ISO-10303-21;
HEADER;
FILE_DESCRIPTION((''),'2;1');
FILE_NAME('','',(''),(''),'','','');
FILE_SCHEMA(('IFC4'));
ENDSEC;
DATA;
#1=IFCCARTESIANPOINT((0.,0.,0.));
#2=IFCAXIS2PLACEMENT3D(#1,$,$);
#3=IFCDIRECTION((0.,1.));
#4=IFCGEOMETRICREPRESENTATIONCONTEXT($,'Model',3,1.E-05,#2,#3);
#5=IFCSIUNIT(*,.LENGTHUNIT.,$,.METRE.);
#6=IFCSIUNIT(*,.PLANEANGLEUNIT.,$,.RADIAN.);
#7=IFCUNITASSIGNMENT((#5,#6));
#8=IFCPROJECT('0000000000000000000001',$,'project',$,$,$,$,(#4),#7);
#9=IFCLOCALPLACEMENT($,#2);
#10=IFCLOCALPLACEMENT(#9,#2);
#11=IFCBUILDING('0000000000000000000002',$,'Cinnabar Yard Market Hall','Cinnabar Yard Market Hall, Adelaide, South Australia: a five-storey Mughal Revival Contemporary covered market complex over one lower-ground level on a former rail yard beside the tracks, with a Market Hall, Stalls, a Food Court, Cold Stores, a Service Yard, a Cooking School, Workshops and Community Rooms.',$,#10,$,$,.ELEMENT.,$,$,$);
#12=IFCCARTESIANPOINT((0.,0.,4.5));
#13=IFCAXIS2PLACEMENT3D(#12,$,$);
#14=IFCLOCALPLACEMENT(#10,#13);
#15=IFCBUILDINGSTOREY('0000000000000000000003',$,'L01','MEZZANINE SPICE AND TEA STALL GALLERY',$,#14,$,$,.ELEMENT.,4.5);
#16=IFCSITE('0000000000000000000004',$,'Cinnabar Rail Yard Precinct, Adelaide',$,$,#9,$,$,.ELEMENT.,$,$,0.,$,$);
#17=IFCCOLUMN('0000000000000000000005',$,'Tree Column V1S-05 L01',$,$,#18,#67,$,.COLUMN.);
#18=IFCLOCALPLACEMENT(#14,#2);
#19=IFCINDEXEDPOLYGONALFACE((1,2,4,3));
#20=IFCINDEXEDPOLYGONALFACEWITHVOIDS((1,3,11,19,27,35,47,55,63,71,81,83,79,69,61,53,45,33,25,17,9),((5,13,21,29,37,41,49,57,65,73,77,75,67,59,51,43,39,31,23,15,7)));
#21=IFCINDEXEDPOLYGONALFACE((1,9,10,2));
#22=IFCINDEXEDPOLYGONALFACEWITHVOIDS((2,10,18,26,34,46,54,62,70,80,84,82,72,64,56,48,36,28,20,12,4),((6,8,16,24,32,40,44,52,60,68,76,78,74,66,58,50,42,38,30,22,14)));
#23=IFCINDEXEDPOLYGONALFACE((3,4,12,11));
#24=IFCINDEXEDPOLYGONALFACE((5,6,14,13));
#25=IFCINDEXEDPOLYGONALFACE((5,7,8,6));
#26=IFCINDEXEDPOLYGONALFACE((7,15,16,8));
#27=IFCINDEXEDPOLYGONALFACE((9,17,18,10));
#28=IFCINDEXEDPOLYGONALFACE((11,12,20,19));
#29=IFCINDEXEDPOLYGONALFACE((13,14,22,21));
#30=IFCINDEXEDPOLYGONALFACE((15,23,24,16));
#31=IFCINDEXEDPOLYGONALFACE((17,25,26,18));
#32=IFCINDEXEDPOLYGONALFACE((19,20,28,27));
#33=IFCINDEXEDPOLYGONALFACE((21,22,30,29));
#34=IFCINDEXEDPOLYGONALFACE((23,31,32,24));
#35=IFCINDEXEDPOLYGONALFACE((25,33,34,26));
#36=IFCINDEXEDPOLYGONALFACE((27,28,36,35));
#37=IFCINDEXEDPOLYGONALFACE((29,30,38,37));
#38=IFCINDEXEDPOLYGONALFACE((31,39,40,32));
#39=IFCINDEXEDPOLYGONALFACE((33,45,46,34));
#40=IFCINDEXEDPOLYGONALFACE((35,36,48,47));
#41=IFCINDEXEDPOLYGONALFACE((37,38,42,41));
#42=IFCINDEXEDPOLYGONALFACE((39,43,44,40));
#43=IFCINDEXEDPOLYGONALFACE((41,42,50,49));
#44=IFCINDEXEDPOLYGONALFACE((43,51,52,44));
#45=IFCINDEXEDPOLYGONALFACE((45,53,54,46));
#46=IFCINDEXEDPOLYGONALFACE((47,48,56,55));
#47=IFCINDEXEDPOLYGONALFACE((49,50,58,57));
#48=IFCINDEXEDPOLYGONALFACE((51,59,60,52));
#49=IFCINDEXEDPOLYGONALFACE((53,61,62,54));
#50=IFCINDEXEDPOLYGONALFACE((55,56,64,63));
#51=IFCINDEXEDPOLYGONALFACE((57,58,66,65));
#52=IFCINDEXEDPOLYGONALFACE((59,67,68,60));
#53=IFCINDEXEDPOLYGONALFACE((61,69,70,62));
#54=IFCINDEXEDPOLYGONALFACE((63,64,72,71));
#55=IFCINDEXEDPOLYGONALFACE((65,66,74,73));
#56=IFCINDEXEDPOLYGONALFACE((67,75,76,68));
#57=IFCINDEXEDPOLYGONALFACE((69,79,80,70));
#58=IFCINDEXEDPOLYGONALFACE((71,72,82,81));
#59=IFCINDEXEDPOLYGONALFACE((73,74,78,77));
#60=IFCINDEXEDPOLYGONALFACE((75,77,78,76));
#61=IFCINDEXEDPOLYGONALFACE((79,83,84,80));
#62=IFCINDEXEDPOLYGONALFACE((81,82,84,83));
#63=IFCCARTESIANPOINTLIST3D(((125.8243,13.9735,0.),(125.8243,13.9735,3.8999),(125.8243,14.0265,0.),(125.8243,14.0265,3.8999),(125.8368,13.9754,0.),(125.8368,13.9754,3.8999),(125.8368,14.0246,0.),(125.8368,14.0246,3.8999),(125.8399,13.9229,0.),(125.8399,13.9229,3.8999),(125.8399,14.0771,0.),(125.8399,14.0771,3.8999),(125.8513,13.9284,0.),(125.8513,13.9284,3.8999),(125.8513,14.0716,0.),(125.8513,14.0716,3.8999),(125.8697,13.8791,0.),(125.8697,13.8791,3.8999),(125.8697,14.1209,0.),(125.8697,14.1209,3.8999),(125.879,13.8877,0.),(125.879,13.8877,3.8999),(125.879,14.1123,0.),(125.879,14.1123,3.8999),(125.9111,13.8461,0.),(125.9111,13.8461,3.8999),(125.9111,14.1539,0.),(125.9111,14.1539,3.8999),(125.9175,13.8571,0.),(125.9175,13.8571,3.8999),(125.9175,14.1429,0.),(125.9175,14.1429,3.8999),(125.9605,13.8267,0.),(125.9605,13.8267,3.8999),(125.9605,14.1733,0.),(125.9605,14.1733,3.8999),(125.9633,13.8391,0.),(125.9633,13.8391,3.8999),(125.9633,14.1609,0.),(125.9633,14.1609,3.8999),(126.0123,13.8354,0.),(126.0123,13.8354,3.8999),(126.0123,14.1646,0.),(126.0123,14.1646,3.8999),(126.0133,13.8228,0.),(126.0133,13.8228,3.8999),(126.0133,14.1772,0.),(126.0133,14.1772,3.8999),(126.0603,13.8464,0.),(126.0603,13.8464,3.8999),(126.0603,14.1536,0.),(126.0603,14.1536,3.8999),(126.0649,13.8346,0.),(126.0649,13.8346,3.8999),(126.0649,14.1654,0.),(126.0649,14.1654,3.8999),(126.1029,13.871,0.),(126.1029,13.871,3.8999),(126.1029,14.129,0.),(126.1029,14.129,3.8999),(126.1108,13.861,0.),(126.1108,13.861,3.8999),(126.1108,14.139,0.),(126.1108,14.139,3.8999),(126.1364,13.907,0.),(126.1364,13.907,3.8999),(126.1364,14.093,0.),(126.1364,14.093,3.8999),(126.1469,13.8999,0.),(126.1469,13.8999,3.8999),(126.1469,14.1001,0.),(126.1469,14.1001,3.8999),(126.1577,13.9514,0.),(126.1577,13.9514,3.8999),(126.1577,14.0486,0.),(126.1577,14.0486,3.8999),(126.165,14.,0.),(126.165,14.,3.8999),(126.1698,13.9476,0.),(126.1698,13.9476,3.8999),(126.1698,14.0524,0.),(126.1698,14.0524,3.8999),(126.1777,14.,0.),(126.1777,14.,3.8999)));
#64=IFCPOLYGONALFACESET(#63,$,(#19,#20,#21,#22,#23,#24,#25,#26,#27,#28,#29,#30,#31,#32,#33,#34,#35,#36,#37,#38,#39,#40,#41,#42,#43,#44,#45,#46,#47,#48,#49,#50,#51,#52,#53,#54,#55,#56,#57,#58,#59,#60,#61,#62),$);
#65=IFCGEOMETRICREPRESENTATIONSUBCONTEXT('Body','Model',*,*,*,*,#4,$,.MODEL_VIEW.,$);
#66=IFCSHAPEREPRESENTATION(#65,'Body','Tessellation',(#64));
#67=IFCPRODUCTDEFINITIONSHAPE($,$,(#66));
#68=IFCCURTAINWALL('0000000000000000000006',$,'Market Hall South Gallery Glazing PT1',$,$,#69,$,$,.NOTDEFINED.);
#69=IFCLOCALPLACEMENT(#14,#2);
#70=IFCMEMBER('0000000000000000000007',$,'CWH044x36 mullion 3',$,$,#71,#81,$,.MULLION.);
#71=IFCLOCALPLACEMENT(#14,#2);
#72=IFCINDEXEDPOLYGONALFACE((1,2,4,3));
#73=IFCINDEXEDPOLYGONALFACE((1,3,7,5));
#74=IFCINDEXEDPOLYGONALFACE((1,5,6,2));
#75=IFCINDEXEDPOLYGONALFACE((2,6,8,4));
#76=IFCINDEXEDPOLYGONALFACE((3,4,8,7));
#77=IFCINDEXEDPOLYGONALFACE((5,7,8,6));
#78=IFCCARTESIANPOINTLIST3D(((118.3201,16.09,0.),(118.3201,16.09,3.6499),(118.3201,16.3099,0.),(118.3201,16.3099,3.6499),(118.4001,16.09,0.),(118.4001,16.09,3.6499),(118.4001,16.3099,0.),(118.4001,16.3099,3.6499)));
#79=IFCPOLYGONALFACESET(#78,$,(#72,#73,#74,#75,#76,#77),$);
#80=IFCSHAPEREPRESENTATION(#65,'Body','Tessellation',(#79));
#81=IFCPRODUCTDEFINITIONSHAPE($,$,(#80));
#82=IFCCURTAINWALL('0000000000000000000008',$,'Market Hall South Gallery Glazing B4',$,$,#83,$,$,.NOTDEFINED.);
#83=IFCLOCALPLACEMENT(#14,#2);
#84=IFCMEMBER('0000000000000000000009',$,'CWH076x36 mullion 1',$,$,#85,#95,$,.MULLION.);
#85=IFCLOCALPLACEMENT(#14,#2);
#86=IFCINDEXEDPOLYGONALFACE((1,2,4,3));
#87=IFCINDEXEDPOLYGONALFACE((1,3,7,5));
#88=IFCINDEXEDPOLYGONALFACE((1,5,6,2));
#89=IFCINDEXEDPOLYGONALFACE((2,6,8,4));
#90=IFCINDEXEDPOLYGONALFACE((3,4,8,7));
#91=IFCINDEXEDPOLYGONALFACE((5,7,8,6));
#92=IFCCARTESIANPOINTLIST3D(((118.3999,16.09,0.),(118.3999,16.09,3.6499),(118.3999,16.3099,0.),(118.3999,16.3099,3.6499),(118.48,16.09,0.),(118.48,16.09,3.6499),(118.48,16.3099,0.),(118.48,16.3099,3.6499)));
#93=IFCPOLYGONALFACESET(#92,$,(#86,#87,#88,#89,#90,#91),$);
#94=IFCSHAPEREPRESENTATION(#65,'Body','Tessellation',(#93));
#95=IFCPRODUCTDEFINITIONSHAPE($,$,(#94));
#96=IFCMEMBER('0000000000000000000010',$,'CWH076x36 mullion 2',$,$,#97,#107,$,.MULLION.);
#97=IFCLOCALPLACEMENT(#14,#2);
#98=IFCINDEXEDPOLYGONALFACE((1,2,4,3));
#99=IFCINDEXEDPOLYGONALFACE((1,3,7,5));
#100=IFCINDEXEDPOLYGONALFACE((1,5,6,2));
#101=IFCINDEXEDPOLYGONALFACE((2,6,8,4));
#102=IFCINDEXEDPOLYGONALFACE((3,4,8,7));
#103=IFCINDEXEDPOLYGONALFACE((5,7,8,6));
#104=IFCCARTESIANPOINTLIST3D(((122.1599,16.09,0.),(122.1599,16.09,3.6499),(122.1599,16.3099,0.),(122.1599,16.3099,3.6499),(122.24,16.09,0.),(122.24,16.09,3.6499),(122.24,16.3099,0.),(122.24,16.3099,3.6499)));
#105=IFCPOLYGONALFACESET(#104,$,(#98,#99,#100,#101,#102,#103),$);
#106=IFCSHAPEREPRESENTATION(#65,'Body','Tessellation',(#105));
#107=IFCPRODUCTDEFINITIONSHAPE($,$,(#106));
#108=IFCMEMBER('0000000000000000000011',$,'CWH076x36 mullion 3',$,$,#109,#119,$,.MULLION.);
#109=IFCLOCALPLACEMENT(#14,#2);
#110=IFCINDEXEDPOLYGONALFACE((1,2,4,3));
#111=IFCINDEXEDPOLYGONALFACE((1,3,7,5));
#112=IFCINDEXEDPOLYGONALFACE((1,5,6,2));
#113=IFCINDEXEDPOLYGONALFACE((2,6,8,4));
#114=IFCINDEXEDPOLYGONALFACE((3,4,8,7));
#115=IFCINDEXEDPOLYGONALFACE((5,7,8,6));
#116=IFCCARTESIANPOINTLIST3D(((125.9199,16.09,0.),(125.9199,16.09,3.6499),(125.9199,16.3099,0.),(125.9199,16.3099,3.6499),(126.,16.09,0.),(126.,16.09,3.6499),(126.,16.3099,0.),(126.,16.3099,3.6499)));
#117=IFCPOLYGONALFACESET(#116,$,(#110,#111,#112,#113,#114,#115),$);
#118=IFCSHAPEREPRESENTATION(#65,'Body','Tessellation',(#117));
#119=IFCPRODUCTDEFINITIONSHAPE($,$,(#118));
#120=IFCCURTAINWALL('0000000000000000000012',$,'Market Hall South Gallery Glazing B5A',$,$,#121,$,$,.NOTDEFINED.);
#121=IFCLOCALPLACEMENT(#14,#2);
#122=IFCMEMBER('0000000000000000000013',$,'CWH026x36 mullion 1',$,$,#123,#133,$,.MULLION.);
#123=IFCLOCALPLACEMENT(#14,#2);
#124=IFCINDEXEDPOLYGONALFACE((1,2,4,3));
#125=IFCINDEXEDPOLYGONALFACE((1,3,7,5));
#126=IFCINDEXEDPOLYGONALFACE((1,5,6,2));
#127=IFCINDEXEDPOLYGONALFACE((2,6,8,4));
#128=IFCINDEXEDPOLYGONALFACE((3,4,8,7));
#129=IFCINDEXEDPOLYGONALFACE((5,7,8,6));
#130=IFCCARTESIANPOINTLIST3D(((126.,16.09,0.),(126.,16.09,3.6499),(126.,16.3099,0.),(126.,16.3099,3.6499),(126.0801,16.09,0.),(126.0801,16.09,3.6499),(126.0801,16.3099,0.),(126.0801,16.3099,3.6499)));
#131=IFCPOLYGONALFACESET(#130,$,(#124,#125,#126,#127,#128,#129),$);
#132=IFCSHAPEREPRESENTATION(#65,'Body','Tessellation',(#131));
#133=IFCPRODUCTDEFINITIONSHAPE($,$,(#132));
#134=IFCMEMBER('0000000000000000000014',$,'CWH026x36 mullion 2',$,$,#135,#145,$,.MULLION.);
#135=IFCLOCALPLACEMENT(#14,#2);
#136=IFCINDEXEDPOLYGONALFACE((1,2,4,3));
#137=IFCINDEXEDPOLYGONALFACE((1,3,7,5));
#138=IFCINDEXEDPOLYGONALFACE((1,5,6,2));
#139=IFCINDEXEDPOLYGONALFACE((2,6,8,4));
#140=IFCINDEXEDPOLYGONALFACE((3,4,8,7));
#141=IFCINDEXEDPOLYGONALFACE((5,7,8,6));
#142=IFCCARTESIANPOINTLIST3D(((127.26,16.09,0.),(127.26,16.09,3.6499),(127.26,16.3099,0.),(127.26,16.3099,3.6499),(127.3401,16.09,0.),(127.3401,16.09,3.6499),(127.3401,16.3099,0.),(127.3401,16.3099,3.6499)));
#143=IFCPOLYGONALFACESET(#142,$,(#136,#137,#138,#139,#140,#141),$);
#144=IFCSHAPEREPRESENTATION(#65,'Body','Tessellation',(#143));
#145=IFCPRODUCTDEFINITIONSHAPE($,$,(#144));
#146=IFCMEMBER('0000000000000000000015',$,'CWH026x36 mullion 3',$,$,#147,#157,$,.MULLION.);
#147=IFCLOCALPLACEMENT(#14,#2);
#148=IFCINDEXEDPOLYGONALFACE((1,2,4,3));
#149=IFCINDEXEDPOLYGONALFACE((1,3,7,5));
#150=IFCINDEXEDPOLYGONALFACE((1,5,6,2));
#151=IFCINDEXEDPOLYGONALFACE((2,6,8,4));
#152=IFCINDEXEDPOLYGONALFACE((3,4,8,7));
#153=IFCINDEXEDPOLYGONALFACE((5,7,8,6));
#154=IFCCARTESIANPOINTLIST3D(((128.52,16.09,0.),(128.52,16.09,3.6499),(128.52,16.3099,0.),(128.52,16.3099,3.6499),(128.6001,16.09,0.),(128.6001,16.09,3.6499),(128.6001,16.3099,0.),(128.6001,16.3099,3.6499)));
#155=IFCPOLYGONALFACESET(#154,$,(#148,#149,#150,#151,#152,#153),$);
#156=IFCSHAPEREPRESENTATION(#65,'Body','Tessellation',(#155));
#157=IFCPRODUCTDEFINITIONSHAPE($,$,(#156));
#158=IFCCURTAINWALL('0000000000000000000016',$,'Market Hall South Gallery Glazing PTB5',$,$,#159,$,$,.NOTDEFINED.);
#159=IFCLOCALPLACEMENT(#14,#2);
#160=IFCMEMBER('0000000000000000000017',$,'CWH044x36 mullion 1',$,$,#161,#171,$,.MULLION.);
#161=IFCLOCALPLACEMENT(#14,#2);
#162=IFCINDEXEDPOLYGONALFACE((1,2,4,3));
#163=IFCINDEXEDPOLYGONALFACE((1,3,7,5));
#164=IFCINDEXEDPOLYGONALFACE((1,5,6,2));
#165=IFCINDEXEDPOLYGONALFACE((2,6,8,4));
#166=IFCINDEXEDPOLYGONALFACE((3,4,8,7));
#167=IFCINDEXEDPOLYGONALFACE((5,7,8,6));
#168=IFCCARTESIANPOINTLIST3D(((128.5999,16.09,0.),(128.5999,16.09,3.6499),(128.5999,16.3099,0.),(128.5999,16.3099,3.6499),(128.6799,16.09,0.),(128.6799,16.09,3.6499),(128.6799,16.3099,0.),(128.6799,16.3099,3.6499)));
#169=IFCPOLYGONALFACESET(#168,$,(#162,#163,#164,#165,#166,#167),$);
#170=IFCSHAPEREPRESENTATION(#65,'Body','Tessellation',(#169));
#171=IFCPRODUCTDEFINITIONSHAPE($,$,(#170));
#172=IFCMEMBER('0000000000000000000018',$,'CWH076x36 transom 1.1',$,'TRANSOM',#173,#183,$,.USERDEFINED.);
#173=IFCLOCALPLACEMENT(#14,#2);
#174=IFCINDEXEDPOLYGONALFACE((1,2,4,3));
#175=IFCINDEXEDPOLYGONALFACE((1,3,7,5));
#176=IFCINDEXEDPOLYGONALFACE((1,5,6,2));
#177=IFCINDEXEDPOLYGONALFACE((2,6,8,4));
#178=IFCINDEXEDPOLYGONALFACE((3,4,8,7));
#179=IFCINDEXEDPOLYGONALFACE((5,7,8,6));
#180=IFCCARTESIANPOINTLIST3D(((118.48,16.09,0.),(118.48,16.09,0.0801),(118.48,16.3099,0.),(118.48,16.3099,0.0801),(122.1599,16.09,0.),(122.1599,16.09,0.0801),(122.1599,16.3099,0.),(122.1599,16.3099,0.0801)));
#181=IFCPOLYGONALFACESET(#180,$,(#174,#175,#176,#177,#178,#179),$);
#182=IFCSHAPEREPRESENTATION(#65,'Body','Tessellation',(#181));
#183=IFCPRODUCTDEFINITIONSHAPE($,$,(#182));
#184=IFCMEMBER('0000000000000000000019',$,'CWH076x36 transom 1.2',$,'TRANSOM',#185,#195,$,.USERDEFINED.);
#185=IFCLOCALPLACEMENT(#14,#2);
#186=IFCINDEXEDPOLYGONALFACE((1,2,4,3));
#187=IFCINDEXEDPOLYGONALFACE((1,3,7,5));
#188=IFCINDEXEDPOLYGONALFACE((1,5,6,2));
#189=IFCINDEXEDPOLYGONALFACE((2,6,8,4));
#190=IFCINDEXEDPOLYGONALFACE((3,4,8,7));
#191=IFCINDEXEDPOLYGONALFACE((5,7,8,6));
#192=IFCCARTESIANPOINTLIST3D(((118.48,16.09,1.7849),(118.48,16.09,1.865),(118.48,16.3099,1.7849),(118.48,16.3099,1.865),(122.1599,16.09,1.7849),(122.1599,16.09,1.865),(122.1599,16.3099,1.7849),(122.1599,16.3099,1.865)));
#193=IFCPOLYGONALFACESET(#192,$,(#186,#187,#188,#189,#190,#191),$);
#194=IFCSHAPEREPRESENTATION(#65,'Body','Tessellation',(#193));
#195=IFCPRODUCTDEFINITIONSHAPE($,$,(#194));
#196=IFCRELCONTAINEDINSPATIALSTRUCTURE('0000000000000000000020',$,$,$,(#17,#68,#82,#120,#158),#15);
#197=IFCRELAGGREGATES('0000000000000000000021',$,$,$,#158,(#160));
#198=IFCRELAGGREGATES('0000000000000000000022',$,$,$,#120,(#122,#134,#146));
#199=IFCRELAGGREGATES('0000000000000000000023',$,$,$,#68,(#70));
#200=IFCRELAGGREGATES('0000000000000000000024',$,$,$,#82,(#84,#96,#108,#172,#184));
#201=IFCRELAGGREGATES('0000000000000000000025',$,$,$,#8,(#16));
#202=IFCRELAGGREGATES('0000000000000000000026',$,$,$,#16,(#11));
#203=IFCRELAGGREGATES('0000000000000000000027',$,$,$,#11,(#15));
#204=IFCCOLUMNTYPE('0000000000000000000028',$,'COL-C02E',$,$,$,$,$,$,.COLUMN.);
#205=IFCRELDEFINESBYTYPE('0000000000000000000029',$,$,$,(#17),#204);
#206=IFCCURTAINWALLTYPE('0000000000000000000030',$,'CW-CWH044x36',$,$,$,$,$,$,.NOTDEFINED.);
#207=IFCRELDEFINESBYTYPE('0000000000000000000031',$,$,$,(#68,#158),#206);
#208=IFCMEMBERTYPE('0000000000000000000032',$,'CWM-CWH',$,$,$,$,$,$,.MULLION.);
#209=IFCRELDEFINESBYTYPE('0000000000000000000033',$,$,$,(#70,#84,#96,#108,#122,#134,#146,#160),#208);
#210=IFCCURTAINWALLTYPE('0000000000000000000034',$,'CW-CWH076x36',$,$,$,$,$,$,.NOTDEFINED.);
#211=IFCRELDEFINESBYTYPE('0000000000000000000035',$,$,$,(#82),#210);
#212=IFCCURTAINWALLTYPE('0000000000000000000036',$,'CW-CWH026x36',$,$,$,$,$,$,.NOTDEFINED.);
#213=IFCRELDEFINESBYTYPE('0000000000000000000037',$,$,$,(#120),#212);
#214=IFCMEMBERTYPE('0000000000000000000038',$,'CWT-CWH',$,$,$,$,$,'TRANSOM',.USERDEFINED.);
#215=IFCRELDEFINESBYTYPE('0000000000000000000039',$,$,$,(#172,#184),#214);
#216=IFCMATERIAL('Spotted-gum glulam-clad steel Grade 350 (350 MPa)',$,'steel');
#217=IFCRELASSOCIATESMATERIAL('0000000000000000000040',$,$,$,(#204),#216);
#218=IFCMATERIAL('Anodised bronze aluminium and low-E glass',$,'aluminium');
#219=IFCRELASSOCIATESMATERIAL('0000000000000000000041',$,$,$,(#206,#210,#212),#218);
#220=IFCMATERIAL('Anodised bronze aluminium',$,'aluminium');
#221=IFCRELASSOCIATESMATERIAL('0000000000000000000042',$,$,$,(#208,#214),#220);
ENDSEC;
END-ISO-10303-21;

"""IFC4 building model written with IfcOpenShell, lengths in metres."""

from ifc_helpers import new_model, si_unit, direction, frame, origin, origin_2d_with_axis, place, context, subcontext, project, spatial, rectangle, hollow_circle, extrude, material, material_profile, profile_set, type_object, element, aggregate, save


model = new_model("IFC4")

# Units and contexts
model_context = context("Model", 3, precision=1e-05, world=origin(), true_north=direction((0.0, 1.0)))
body_context = subcontext(model_context, "Body", "Model", "MODEL_VIEW")
ifc_project = project(units=[si_unit("LENGTHUNIT", "METRE"), si_unit("PLANEANGLEUNIT", "RADIAN")], contexts=[model_context])

# Site, building, storey
site_placement = place(None, origin())
site = spatial("IfcSite", under=ifc_project, at=site_placement, Name="Cinnabar Rail Yard Precinct, Adelaide", CompositionType="ELEMENT", RefElevation=0.0)
building_placement = place(site_placement, origin())
building = spatial("IfcBuilding", under=site, at=building_placement, Name="Cinnabar Yard Market Hall", Description="Cinnabar Yard Market Hall, Adelaide, South Australia: a five-storey Mughal Revival Contemporary covered market complex over one lower-ground level on a former rail yard beside the tracks, with a Market Hall, Stalls, a Food Court, Cold Stores, a Service Yard, a Cooking School, Workshops and Community Rooms.", CompositionType="ELEMENT")
storey_placement = place(building_placement, frame((0.0, 0.0, 4.5)))
storey = spatial("IfcBuildingStorey", under=building, at=storey_placement, Name="L01", Description="MEZZANINE SPICE AND TEA STALL GALLERY", CompositionType="ELEMENT", Elevation=4.5)

# Column
ifc_material_1 = material(Name="Spotted-gum glulam-clad steel Grade 350 (350 MPa)", Category="steel")
ifc_material_profile_1 = material_profile(ifc_material_1, hollow_circle(Radius=0.1777, WallThickness=0.0127, at=origin_2d_with_axis()), Name="355.6x12.7CHS")
ifc_profile_set_1 = profile_set([ifc_material_profile_1], Name="Spotted-gum glulam-clad steel Grade 350 (350 MPa)")
column_type = type_object("IfcColumnType", Name="COL-C02E", PredefinedType="COLUMN", material=ifc_profile_set_1)
column_placement = place(storey_placement, frame((126.0, 14.0, 0.0), z_axis=(0.0, 0.0, 1.0), x_axis=(1.0, 0.0, 0.0)))
element("IfcColumn", 1, at=column_placement, inside=storey, type_object=column_type, Name="Tree Column V1S-05 L01", PredefinedType="COLUMN", context=body_context, shape_type="SweptSolid", body=[
    extrude(hollow_circle(Radius=0.1777, WallThickness=0.0127, at=origin_2d_with_axis()), origin(), (0.0, 0.0, 1.0), 3.8999),
])

# Curtain wall, member
ifc_material_2 = material(Name="Anodised bronze aluminium and low-E glass", Category="aluminium")
curtain_wall_type_1 = type_object("IfcCurtainWallType", Name="CW-CWH044x36", PredefinedType="NOTDEFINED", material=ifc_material_2)
curtain_wall_1_placement = place(storey_placement, origin())
curtain_wall_1 = element("IfcCurtainWall", 2, at=curtain_wall_1_placement, inside=storey, type_object=curtain_wall_type_1, Name="Market Hall South Gallery Glazing PT1", PredefinedType="NOTDEFINED")
ifc_material_3 = material(Name="Anodised bronze aluminium", Category="aluminium")
ifc_material_profile_2 = material_profile(ifc_material_3, rectangle(XDim=0.22, YDim=0.0801, at=origin_2d_with_axis()), Name="MUL-CWH")
ifc_profile_set_2 = profile_set([ifc_material_profile_2], Name="Anodised bronze aluminium")
member_type_1 = type_object("IfcMemberType", Name="CWM-CWH", PredefinedType="MULLION", material=ifc_profile_set_2)
member_1_placement = place(storey_placement, frame((118.3601, 16.2, 0.0), z_axis=(0.0, 0.0, 1.0), x_axis=(0.0, 1.0, 0.0)))
member_1 = element("IfcMember", 3, at=member_1_placement, type_object=member_type_1, Name="CWH044x36 mullion 3", PredefinedType="MULLION", context=body_context, shape_type="SweptSolid", body=[
    extrude(rectangle(XDim=0.22, YDim=0.0801, at=origin_2d_with_axis()), origin(), (0.0, 0.0, 1.0), 3.6499),
])

# Curtain walls, members
curtain_wall_type_2 = type_object("IfcCurtainWallType", Name="CW-CWH076x36", PredefinedType="NOTDEFINED", material=ifc_material_2)
curtain_wall_2_placement = place(storey_placement, origin())
curtain_wall_2 = element("IfcCurtainWall", 4, at=curtain_wall_2_placement, inside=storey, type_object=curtain_wall_type_2, Name="Market Hall South Gallery Glazing B4", PredefinedType="NOTDEFINED")
member_2_placement = place(storey_placement, frame((118.4399, 16.2, 0.0), z_axis=(0.0, 0.0, 1.0), x_axis=(0.0, 1.0, 0.0)))
member_2 = element("IfcMember", 5, at=member_2_placement, type_object=member_type_1, Name="CWH076x36 mullion 1", PredefinedType="MULLION", context=body_context, shape_type="SweptSolid", body=[
    extrude(rectangle(XDim=0.22, YDim=0.0801, at=origin_2d_with_axis()), origin(), (0.0, 0.0, 1.0), 3.6499),
])
member_3_placement = place(storey_placement, frame((122.2, 16.2, 0.0), z_axis=(0.0, 0.0, 1.0), x_axis=(0.0, 1.0, 0.0)))
member_3 = element("IfcMember", 6, at=member_3_placement, type_object=member_type_1, Name="CWH076x36 mullion 2", PredefinedType="MULLION", context=body_context, shape_type="SweptSolid", body=[
    extrude(rectangle(XDim=0.22, YDim=0.0801, at=origin_2d_with_axis()), origin(), (0.0, 0.0, 1.0), 3.6499),
])
member_4_placement = place(storey_placement, frame((125.96, 16.2, 0.0), z_axis=(0.0, 0.0, 1.0), x_axis=(0.0, 1.0, 0.0)))
member_4 = element("IfcMember", 7, at=member_4_placement, type_object=member_type_1, Name="CWH076x36 mullion 3", PredefinedType="MULLION", context=body_context, shape_type="SweptSolid", body=[
    extrude(rectangle(XDim=0.22, YDim=0.0801, at=origin_2d_with_axis()), origin(), (0.0, 0.0, 1.0), 3.6499),
])
curtain_wall_type_3 = type_object("IfcCurtainWallType", Name="CW-CWH026x36", PredefinedType="NOTDEFINED", material=ifc_material_2)
curtain_wall_3_placement = place(storey_placement, origin())
curtain_wall_3 = element("IfcCurtainWall", 8, at=curtain_wall_3_placement, inside=storey, type_object=curtain_wall_type_3, Name="Market Hall South Gallery Glazing B5A", PredefinedType="NOTDEFINED")
member_5_placement = place(storey_placement, frame((126.04, 16.2, 0.0), z_axis=(0.0, 0.0, 1.0), x_axis=(0.0, 1.0, 0.0)))
member_5 = element("IfcMember", 9, at=member_5_placement, type_object=member_type_1, Name="CWH026x36 mullion 1", PredefinedType="MULLION", context=body_context, shape_type="SweptSolid", body=[
    extrude(rectangle(XDim=0.22, YDim=0.0801, at=origin_2d_with_axis()), origin(), (0.0, 0.0, 1.0), 3.6499),
])
member_6_placement = place(storey_placement, frame((127.3, 16.2, 0.0), z_axis=(0.0, 0.0, 1.0), x_axis=(0.0, 1.0, 0.0)))
member_6 = element("IfcMember", 10, at=member_6_placement, type_object=member_type_1, Name="CWH026x36 mullion 2", PredefinedType="MULLION", context=body_context, shape_type="SweptSolid", body=[
    extrude(rectangle(XDim=0.22, YDim=0.0801, at=origin_2d_with_axis()), origin(), (0.0, 0.0, 1.0), 3.6499),
])
member_7_placement = place(storey_placement, frame((128.5601, 16.2, 0.0), z_axis=(0.0, 0.0, 1.0), x_axis=(0.0, 1.0, 0.0)))
member_7 = element("IfcMember", 11, at=member_7_placement, type_object=member_type_1, Name="CWH026x36 mullion 3", PredefinedType="MULLION", context=body_context, shape_type="SweptSolid", body=[
    extrude(rectangle(XDim=0.22, YDim=0.0801, at=origin_2d_with_axis()), origin(), (0.0, 0.0, 1.0), 3.6499),
])

# Curtain wall, member
curtain_wall_4_placement = place(storey_placement, origin())
curtain_wall_4 = element("IfcCurtainWall", 12, at=curtain_wall_4_placement, inside=storey, type_object=curtain_wall_type_1, Name="Market Hall South Gallery Glazing PTB5", PredefinedType="NOTDEFINED")
member_8_placement = place(storey_placement, frame((128.6399, 16.2, 0.0), z_axis=(0.0, 0.0, 1.0), x_axis=(0.0, 1.0, 0.0)))
member_8 = element("IfcMember", 13, at=member_8_placement, type_object=member_type_1, Name="CWH044x36 mullion 1", PredefinedType="MULLION", context=body_context, shape_type="SweptSolid", body=[
    extrude(rectangle(XDim=0.22, YDim=0.0801, at=origin_2d_with_axis()), origin(), (0.0, 0.0, 1.0), 3.6499),
])

# Members
ifc_material_profile_3 = material_profile(ifc_material_3, rectangle(XDim=0.22, YDim=0.0801, at=origin_2d_with_axis()), Name="TRN-CWH")
ifc_profile_set_3 = profile_set([ifc_material_profile_3], Name="Anodised bronze aluminium")
member_type_2 = type_object("IfcMemberType", Name="CWT-CWH", ElementType="TRANSOM", PredefinedType="USERDEFINED", material=ifc_profile_set_3)
member_9_placement = place(storey_placement, frame((118.48, 16.2, 0.04), z_axis=(1.0, 0.0, 0.0), x_axis=(0.0, 1.0, 0.0)))
member_9 = element("IfcMember", 14, at=member_9_placement, type_object=member_type_2, Name="CWH076x36 transom 1.1", ObjectType="TRANSOM", PredefinedType="USERDEFINED", context=body_context, shape_type="SweptSolid", body=[
    extrude(rectangle(XDim=0.22, YDim=0.0801, at=origin_2d_with_axis()), origin(), (0.0, 0.0, 1.0), 3.6799),
])
member_10_placement = place(storey_placement, frame((118.48, 16.2, 1.825), z_axis=(1.0, 0.0, 0.0), x_axis=(0.0, 1.0, 0.0)))
member_10 = element("IfcMember", 15, at=member_10_placement, type_object=member_type_2, Name="CWH076x36 transom 1.2", ObjectType="TRANSOM", PredefinedType="USERDEFINED", context=body_context, shape_type="SweptSolid", body=[
    extrude(rectangle(XDim=0.22, YDim=0.0801, at=origin_2d_with_axis()), origin(), (0.0, 0.0, 1.0), 3.6799),
])
aggregate(curtain_wall_4, [member_8])

aggregate(curtain_wall_3, [member_5, member_6, member_7])
aggregate(curtain_wall_1, [member_1])
aggregate(curtain_wall_2, [member_2, member_3, member_4, member_9, member_10])

save(model, "model.ifc")
